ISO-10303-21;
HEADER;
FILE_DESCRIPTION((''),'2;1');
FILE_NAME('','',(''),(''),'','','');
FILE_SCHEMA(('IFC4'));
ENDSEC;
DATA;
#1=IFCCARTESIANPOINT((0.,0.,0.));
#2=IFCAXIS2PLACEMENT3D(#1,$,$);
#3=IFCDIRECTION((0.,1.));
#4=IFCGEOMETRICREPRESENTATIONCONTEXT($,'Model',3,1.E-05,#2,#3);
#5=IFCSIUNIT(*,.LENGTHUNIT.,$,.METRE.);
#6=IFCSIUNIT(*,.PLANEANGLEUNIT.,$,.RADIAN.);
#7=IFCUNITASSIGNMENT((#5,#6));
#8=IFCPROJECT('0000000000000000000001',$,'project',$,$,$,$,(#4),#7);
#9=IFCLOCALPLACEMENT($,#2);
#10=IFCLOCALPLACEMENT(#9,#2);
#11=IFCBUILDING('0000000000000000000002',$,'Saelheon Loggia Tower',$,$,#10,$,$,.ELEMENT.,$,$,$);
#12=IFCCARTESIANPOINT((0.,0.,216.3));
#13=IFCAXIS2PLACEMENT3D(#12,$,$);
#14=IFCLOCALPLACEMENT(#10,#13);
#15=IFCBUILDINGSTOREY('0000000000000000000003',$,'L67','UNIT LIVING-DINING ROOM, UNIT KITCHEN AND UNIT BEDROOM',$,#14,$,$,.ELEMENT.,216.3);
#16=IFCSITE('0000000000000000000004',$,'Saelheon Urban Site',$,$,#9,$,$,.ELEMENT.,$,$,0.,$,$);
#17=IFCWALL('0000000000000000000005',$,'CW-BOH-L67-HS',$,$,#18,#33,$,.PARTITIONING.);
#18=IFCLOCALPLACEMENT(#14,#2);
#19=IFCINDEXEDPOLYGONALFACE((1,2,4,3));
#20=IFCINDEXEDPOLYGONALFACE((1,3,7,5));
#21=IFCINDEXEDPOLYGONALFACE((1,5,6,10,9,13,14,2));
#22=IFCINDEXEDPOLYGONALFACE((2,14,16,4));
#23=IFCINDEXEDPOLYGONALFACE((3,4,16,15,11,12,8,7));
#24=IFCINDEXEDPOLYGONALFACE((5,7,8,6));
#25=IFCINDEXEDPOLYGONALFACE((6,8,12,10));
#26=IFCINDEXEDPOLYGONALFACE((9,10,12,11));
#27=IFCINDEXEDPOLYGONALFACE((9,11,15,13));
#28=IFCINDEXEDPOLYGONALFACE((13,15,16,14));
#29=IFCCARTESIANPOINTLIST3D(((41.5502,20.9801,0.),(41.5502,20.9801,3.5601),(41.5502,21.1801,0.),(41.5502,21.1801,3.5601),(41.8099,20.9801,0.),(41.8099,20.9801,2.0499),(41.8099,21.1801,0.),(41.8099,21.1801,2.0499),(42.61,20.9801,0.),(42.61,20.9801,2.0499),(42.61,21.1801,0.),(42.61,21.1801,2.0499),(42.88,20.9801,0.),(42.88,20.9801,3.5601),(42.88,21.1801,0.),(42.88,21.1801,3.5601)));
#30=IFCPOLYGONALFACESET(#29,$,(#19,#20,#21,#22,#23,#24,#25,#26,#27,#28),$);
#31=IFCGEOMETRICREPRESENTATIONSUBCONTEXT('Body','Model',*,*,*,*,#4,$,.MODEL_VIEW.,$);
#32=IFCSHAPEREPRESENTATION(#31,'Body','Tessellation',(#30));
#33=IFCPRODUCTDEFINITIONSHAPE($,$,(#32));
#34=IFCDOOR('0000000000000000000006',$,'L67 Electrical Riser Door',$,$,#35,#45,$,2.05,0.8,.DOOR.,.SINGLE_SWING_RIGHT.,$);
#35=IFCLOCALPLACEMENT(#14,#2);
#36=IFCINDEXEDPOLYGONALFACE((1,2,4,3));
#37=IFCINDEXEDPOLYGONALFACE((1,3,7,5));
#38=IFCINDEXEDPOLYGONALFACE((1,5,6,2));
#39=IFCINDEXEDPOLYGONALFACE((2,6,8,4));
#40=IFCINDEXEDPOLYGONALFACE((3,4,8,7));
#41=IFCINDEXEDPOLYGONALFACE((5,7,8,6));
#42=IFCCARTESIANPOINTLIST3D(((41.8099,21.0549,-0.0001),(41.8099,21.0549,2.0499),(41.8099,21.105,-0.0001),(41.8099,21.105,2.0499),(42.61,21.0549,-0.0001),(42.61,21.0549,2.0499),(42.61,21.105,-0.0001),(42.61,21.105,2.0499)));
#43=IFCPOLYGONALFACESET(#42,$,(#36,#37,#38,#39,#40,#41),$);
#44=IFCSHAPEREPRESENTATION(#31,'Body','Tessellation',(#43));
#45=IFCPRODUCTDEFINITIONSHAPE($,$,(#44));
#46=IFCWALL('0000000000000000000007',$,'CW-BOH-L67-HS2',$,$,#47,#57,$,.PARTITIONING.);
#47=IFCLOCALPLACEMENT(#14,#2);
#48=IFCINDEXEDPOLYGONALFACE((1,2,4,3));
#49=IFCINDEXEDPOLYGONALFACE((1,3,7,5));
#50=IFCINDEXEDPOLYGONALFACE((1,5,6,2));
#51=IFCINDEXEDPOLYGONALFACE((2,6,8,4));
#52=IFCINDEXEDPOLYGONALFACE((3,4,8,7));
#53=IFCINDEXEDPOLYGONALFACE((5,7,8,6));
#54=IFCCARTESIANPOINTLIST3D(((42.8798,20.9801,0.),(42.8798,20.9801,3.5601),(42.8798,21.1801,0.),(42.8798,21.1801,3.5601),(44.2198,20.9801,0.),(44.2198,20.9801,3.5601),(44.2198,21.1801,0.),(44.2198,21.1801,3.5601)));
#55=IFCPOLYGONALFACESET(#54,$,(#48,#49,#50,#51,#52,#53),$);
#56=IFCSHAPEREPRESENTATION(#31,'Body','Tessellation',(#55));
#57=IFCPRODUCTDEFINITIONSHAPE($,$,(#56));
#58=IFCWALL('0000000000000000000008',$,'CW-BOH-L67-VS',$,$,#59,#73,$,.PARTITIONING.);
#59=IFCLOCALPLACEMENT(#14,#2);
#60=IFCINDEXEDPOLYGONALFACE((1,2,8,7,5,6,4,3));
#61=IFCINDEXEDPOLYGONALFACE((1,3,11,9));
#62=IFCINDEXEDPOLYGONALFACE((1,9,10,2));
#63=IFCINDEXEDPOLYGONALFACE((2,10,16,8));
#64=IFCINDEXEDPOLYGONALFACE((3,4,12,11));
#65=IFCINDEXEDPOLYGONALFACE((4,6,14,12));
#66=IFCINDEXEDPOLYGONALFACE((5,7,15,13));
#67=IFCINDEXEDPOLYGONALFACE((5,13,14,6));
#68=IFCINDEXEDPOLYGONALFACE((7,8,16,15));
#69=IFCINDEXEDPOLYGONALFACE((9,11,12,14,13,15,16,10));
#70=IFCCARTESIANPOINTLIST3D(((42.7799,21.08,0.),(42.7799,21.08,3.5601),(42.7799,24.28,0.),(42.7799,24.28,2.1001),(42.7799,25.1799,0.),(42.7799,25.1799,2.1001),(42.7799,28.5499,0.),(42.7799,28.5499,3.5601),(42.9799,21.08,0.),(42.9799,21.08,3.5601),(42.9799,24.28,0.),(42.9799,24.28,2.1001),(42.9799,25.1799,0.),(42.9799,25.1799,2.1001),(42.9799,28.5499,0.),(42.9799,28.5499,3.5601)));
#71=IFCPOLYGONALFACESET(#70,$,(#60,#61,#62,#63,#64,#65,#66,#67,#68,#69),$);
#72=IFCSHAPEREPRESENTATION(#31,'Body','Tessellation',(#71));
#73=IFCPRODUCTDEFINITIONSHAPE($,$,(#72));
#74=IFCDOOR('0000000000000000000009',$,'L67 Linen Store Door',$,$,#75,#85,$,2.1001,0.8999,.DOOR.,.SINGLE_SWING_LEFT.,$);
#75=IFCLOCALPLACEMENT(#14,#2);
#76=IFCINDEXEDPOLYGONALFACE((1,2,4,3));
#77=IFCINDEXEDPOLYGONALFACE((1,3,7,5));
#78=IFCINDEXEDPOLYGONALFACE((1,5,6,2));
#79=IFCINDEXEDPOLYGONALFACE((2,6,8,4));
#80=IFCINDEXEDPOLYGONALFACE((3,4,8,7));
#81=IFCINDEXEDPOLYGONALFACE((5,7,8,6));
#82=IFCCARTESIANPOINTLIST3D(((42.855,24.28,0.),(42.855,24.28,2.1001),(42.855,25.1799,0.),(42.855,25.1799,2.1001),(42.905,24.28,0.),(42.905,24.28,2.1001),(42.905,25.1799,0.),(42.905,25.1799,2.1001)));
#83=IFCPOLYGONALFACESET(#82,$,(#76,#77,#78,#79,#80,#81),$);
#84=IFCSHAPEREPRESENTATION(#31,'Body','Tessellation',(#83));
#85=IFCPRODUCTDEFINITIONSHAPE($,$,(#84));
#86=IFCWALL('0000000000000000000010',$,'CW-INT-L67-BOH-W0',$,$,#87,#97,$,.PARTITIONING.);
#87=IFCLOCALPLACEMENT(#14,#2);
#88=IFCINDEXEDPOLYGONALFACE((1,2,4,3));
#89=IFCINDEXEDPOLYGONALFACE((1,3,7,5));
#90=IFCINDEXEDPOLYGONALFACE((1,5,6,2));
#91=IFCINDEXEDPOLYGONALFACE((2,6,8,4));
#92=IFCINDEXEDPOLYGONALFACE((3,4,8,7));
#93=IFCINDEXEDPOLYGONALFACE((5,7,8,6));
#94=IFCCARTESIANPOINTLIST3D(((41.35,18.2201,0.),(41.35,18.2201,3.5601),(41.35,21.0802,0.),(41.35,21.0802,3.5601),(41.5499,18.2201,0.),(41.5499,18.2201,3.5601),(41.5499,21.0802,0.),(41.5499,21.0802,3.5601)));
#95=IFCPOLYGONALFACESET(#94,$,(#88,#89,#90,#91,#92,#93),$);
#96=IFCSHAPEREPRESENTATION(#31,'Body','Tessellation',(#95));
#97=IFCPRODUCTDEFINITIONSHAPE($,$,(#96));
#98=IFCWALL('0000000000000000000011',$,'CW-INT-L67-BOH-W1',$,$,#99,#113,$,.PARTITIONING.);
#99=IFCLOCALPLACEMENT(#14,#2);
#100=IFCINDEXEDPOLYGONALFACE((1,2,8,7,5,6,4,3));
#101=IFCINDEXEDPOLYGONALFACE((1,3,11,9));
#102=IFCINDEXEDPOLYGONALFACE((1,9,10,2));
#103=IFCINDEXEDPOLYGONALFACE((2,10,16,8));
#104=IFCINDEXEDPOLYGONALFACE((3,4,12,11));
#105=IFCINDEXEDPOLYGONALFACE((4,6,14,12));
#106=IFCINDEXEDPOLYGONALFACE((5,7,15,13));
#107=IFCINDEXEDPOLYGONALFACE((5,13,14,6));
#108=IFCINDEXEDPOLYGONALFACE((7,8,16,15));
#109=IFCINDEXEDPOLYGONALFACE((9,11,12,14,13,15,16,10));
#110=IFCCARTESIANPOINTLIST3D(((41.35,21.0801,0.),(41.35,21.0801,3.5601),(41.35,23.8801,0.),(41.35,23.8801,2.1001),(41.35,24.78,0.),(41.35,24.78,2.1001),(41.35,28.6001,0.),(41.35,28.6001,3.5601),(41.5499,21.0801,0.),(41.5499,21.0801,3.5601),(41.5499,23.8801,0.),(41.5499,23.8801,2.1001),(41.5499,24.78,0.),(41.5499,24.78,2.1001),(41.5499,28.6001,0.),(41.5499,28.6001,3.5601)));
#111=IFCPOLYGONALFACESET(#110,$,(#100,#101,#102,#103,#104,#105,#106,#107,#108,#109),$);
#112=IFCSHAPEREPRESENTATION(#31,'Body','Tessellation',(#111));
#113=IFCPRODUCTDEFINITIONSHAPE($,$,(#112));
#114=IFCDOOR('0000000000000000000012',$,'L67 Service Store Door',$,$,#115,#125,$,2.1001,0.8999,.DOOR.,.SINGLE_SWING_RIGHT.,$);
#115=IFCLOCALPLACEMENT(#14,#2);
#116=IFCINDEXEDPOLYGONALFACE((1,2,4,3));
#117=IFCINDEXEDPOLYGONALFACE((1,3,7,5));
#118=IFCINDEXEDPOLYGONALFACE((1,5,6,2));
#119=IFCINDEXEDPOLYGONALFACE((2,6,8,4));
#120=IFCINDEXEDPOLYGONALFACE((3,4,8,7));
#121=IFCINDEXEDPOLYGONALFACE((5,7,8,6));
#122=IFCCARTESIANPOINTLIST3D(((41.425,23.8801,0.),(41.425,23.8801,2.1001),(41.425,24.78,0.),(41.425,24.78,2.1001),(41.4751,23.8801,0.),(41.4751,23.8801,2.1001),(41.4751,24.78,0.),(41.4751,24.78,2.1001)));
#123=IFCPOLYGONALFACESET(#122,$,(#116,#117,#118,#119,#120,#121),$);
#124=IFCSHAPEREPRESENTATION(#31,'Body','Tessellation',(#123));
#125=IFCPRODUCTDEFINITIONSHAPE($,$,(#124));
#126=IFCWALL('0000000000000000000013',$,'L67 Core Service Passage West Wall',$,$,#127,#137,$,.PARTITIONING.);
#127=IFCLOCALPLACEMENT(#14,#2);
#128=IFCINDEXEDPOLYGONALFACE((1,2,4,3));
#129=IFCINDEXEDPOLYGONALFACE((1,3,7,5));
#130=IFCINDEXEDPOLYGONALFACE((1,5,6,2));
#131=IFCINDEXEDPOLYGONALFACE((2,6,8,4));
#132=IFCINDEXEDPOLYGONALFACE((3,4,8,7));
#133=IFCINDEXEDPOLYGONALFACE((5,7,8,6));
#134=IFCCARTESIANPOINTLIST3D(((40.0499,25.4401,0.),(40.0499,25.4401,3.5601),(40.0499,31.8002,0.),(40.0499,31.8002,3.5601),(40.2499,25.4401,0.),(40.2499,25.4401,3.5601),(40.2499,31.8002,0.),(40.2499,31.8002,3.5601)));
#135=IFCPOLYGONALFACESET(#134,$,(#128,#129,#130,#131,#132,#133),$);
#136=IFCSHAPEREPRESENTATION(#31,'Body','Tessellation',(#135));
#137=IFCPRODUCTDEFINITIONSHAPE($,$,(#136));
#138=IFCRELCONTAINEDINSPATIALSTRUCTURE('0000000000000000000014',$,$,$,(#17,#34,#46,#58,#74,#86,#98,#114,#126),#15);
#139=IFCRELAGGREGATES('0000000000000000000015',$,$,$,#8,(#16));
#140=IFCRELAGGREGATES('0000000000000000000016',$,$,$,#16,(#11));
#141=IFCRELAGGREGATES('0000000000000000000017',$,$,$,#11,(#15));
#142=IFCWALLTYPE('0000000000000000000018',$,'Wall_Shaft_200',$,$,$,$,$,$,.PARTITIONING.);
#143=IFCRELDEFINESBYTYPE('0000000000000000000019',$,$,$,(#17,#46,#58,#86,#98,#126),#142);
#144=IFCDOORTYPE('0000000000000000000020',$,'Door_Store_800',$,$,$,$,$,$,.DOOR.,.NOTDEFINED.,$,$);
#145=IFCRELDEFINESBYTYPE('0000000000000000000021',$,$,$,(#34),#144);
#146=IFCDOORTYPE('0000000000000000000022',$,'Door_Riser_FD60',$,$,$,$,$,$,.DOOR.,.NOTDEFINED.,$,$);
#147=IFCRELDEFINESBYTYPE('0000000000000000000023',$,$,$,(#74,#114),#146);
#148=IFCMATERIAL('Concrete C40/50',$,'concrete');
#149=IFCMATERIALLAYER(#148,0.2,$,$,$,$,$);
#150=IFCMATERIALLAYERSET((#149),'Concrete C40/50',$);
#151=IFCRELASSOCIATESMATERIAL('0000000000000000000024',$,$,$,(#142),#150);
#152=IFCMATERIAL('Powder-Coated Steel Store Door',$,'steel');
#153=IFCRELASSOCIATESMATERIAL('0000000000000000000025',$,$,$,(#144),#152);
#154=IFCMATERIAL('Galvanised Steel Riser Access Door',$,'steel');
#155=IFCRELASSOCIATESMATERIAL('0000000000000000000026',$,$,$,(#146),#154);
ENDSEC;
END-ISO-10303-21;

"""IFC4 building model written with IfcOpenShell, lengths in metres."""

from ifc_helpers import new_model, si_unit, direction, frame, frame_2d, origin, place, context, subcontext, project, spatial, rectangle, extrude, source, transform, mapped, material, layer, layer_set, type_object, element, fill, save


model = new_model("IFC4")

# Units and contexts
model_context = context("Model", 3, precision=1e-05, world=origin(), true_north=direction((0.0, 1.0)))
body_context = subcontext(model_context, "Body", "Model", "MODEL_VIEW")
ifc_project = project(units=[si_unit("LENGTHUNIT", "METRE"), si_unit("PLANEANGLEUNIT", "RADIAN")], contexts=[model_context])

# Site, building, storey
site_placement = place(None, origin())
site = spatial("IfcSite", under=ifc_project, at=site_placement, Name="Saelheon Urban Site", CompositionType="ELEMENT", RefElevation=0.0)
building_placement = place(site_placement, origin())
building = spatial("IfcBuilding", under=site, at=building_placement, Name="Saelheon Loggia Tower", CompositionType="ELEMENT")
storey_placement = place(building_placement, frame((0.0, 0.0, 216.3)))
storey = spatial("IfcBuildingStorey", under=building, at=storey_placement, Name="L67", Description="UNIT LIVING-DINING ROOM, UNIT KITCHEN AND UNIT BEDROOM", CompositionType="ELEMENT", Elevation=216.3)

# Wall, opening, door
ifc_material_1 = material(Name="Concrete C40/50", Category="concrete")
ifc_layer = layer(ifc_material_1, 0.2)
ifc_layer_set = layer_set([ifc_layer], Name="Concrete C40/50")
wall_type = type_object("IfcWallType", Name="Wall_Shaft_200", PredefinedType="PARTITIONING", material=ifc_layer_set)
wall_1_placement = place(storey_placement, frame((41.55, 21.0801, 0.0), z_axis=(0.0, 0.0, 1.0), x_axis=(1.0, 0.0, 0.0)))
wall_1 = element("IfcWall", 1, at=wall_1_placement, inside=storey, type_object=wall_type, Name="CW-BOH-L67-HS", PredefinedType="PARTITIONING", context=body_context, shape_type="SweptSolid", body=[
    extrude(rectangle(XDim=1.3298, YDim=0.2, at=frame_2d((0.665, 0.0))), origin(), (0.0, 0.0, 1.0), 3.5601),
])
opening_1_placement = place(wall_1_placement, frame((0.26, 0.0, 0.0)))
opening_1 = element("IfcOpeningElement", 2, at=opening_1_placement, cuts=wall_1, PredefinedType="OPENING", context=body_context, shape_type="SweptSolid", body=[
    extrude(rectangle(XDim=0.8, YDim=2.05, at=frame_2d((0.3999, 1.0249))), frame((0.0, 0.1121, 0.0), z_axis=(0.0, -1.0, 0.0), x_axis=(1.0, 0.0, 0.0)), (0.0, 0.0, 1.0), 0.2239),
])
ifc_material_2 = material(Name="Powder-Coated Steel Store Door", Category="steel")
door_type_1 = type_object("IfcDoorType", Name="Door_Store_800", OperationType="NOTDEFINED", PredefinedType="DOOR", material=ifc_material_2)
shared_shape_1 = source(origin(), body_context, "Body", "SweptSolid", [
    extrude(rectangle(XDim=0.8, YDim=2.05, at=frame_2d((0.3999, 1.0249))), frame((0.0, 0.0249, 0.0), z_axis=(0.0, -1.0, 0.0), x_axis=(1.0, 0.0, 0.0)), (0.0, 0.0, 1.0), 0.05),
])
door_1_placement = place(opening_1_placement, origin())
door_1 = element("IfcDoor", 3, at=door_1_placement, inside=storey, type_object=door_type_1, Name="L67 Electrical Riser Door", OperationType="SINGLE_SWING_RIGHT", OverallHeight=2.05, OverallWidth=0.8, PredefinedType="DOOR", context=body_context, shape_type="MappedRepresentation", body=[
    mapped(shared_shape_1, transform((0.0, 0.0, 0.0), scale=1.0)),
])
fill(opening_1, door_1)

# Wall
wall_2_placement = place(storey_placement, frame((42.8799, 21.0801, 0.0), z_axis=(0.0, 0.0, 1.0), x_axis=(1.0, 0.0, 0.0)))
element("IfcWall", 4, at=wall_2_placement, inside=storey, type_object=wall_type, Name="CW-BOH-L67-HS2", PredefinedType="PARTITIONING", context=body_context, shape_type="SweptSolid", body=[
    extrude(rectangle(XDim=1.3401, YDim=0.2, at=frame_2d((0.6699, 0.0))), origin(), (0.0, 0.0, 1.0), 3.5601),
])

# Wall, opening, door
wall_3_placement = place(storey_placement, frame((42.8799, 21.0801, 0.0), z_axis=(0.0, 0.0, 1.0), x_axis=(0.0, 1.0, 0.0)))
wall_3 = element("IfcWall", 5, at=wall_3_placement, inside=storey, type_object=wall_type, Name="CW-BOH-L67-VS", PredefinedType="PARTITIONING", context=body_context, shape_type="SweptSolid", body=[
    extrude(rectangle(XDim=7.47, YDim=0.2, at=frame_2d((3.7349, 0.0))), origin(), (0.0, 0.0, 1.0), 3.5601),
])
opening_2_placement = place(wall_3_placement, frame((3.2, 0.0, 0.0)))
opening_2 = element("IfcOpeningElement", 6, at=opening_2_placement, cuts=wall_3, PredefinedType="OPENING", context=body_context, shape_type="SweptSolid", body=[
    extrude(rectangle(XDim=0.8999, YDim=2.1001, at=frame_2d((0.45, 1.05))), frame((0.0, 0.1121, 0.0), z_axis=(0.0, -1.0, 0.0), x_axis=(1.0, 0.0, 0.0)), (0.0, 0.0, 1.0), 0.2239),
])
ifc_material_3 = material(Name="Galvanised Steel Riser Access Door", Category="steel")
door_type_2 = type_object("IfcDoorType", Name="Door_Riser_FD60", OperationType="NOTDEFINED", PredefinedType="DOOR", material=ifc_material_3)
shared_shape_2 = source(origin(), body_context, "Body", "SweptSolid", [
    extrude(rectangle(XDim=0.8999, YDim=2.1001, at=frame_2d((0.45, 1.05))), frame((0.0, 0.0249, 0.0), z_axis=(0.0, -1.0, 0.0), x_axis=(1.0, 0.0, 0.0)), (0.0, 0.0, 1.0), 0.05),
])
door_2_placement = place(opening_2_placement, origin())
door_2 = element("IfcDoor", 7, at=door_2_placement, inside=storey, type_object=door_type_2, Name="L67 Linen Store Door", OperationType="SINGLE_SWING_LEFT", OverallHeight=2.1001, OverallWidth=0.8999, PredefinedType="DOOR", context=body_context, shape_type="MappedRepresentation", body=[
    mapped(shared_shape_2, transform((0.0, 0.0, 0.0), scale=1.0)),
])
fill(opening_2, door_2)

# Wall
wall_4_placement = place(storey_placement, frame((41.45, 18.22, 0.0), z_axis=(0.0, 0.0, 1.0), x_axis=(0.0, 1.0, 0.0)))
element("IfcWall", 8, at=wall_4_placement, inside=storey, type_object=wall_type, Name="CW-INT-L67-BOH-W0", PredefinedType="PARTITIONING", context=body_context, shape_type="SweptSolid", body=[
    extrude(rectangle(XDim=2.8601, YDim=0.2, at=frame_2d((1.4302, 0.0))), origin(), (0.0, 0.0, 1.0), 3.5601),
])

# Wall, opening, door
wall_5_placement = place(storey_placement, frame((41.45, 21.0801, 0.0), z_axis=(0.0, 0.0, 1.0), x_axis=(0.0, 1.0, 0.0)))
wall_5 = element("IfcWall", 9, at=wall_5_placement, inside=storey, type_object=wall_type, Name="CW-INT-L67-BOH-W1", PredefinedType="PARTITIONING", context=body_context, shape_type="SweptSolid", body=[
    extrude(rectangle(XDim=7.52, YDim=0.2, at=frame_2d((3.76, 0.0))), origin(), (0.0, 0.0, 1.0), 3.5601),
])
opening_3_placement = place(wall_5_placement, frame((2.8, 0.0, 0.0)))
opening_3 = element("IfcOpeningElement", 10, at=opening_3_placement, cuts=wall_5, PredefinedType="OPENING", context=body_context, shape_type="SweptSolid", body=[
    extrude(rectangle(XDim=0.8999, YDim=2.1001, at=frame_2d((0.45, 1.05))), frame((0.0, 0.1121, 0.0), z_axis=(0.0, -1.0, 0.0), x_axis=(1.0, 0.0, 0.0)), (0.0, 0.0, 1.0), 0.2239),
])
door_3_placement = place(opening_3_placement, origin())
door_3 = element("IfcDoor", 11, at=door_3_placement, inside=storey, type_object=door_type_2, Name="L67 Service Store Door", OperationType="SINGLE_SWING_RIGHT", OverallHeight=2.1001, OverallWidth=0.8999, PredefinedType="DOOR", context=body_context, shape_type="MappedRepresentation", body=[
    mapped(shared_shape_2, transform((0.0, 0.0, 0.0), scale=1.0)),
])
fill(opening_3, door_3)

# Wall
wall_6_placement = place(storey_placement, frame((40.1499, 25.4399, 0.0), z_axis=(0.0, 0.0, 1.0), x_axis=(0.0, 1.0, 0.0)))
element("IfcWall", 12, at=wall_6_placement, inside=storey, type_object=wall_type, Name="L67 Core Service Passage West Wall", PredefinedType="PARTITIONING", context=body_context, shape_type="SweptSolid", body=[
    extrude(rectangle(XDim=6.3601, YDim=0.2, at=frame_2d((3.1802, 0.0))), origin(), (0.0, 0.0, 1.0), 3.5601),
])

save(model, "model.ifc")
